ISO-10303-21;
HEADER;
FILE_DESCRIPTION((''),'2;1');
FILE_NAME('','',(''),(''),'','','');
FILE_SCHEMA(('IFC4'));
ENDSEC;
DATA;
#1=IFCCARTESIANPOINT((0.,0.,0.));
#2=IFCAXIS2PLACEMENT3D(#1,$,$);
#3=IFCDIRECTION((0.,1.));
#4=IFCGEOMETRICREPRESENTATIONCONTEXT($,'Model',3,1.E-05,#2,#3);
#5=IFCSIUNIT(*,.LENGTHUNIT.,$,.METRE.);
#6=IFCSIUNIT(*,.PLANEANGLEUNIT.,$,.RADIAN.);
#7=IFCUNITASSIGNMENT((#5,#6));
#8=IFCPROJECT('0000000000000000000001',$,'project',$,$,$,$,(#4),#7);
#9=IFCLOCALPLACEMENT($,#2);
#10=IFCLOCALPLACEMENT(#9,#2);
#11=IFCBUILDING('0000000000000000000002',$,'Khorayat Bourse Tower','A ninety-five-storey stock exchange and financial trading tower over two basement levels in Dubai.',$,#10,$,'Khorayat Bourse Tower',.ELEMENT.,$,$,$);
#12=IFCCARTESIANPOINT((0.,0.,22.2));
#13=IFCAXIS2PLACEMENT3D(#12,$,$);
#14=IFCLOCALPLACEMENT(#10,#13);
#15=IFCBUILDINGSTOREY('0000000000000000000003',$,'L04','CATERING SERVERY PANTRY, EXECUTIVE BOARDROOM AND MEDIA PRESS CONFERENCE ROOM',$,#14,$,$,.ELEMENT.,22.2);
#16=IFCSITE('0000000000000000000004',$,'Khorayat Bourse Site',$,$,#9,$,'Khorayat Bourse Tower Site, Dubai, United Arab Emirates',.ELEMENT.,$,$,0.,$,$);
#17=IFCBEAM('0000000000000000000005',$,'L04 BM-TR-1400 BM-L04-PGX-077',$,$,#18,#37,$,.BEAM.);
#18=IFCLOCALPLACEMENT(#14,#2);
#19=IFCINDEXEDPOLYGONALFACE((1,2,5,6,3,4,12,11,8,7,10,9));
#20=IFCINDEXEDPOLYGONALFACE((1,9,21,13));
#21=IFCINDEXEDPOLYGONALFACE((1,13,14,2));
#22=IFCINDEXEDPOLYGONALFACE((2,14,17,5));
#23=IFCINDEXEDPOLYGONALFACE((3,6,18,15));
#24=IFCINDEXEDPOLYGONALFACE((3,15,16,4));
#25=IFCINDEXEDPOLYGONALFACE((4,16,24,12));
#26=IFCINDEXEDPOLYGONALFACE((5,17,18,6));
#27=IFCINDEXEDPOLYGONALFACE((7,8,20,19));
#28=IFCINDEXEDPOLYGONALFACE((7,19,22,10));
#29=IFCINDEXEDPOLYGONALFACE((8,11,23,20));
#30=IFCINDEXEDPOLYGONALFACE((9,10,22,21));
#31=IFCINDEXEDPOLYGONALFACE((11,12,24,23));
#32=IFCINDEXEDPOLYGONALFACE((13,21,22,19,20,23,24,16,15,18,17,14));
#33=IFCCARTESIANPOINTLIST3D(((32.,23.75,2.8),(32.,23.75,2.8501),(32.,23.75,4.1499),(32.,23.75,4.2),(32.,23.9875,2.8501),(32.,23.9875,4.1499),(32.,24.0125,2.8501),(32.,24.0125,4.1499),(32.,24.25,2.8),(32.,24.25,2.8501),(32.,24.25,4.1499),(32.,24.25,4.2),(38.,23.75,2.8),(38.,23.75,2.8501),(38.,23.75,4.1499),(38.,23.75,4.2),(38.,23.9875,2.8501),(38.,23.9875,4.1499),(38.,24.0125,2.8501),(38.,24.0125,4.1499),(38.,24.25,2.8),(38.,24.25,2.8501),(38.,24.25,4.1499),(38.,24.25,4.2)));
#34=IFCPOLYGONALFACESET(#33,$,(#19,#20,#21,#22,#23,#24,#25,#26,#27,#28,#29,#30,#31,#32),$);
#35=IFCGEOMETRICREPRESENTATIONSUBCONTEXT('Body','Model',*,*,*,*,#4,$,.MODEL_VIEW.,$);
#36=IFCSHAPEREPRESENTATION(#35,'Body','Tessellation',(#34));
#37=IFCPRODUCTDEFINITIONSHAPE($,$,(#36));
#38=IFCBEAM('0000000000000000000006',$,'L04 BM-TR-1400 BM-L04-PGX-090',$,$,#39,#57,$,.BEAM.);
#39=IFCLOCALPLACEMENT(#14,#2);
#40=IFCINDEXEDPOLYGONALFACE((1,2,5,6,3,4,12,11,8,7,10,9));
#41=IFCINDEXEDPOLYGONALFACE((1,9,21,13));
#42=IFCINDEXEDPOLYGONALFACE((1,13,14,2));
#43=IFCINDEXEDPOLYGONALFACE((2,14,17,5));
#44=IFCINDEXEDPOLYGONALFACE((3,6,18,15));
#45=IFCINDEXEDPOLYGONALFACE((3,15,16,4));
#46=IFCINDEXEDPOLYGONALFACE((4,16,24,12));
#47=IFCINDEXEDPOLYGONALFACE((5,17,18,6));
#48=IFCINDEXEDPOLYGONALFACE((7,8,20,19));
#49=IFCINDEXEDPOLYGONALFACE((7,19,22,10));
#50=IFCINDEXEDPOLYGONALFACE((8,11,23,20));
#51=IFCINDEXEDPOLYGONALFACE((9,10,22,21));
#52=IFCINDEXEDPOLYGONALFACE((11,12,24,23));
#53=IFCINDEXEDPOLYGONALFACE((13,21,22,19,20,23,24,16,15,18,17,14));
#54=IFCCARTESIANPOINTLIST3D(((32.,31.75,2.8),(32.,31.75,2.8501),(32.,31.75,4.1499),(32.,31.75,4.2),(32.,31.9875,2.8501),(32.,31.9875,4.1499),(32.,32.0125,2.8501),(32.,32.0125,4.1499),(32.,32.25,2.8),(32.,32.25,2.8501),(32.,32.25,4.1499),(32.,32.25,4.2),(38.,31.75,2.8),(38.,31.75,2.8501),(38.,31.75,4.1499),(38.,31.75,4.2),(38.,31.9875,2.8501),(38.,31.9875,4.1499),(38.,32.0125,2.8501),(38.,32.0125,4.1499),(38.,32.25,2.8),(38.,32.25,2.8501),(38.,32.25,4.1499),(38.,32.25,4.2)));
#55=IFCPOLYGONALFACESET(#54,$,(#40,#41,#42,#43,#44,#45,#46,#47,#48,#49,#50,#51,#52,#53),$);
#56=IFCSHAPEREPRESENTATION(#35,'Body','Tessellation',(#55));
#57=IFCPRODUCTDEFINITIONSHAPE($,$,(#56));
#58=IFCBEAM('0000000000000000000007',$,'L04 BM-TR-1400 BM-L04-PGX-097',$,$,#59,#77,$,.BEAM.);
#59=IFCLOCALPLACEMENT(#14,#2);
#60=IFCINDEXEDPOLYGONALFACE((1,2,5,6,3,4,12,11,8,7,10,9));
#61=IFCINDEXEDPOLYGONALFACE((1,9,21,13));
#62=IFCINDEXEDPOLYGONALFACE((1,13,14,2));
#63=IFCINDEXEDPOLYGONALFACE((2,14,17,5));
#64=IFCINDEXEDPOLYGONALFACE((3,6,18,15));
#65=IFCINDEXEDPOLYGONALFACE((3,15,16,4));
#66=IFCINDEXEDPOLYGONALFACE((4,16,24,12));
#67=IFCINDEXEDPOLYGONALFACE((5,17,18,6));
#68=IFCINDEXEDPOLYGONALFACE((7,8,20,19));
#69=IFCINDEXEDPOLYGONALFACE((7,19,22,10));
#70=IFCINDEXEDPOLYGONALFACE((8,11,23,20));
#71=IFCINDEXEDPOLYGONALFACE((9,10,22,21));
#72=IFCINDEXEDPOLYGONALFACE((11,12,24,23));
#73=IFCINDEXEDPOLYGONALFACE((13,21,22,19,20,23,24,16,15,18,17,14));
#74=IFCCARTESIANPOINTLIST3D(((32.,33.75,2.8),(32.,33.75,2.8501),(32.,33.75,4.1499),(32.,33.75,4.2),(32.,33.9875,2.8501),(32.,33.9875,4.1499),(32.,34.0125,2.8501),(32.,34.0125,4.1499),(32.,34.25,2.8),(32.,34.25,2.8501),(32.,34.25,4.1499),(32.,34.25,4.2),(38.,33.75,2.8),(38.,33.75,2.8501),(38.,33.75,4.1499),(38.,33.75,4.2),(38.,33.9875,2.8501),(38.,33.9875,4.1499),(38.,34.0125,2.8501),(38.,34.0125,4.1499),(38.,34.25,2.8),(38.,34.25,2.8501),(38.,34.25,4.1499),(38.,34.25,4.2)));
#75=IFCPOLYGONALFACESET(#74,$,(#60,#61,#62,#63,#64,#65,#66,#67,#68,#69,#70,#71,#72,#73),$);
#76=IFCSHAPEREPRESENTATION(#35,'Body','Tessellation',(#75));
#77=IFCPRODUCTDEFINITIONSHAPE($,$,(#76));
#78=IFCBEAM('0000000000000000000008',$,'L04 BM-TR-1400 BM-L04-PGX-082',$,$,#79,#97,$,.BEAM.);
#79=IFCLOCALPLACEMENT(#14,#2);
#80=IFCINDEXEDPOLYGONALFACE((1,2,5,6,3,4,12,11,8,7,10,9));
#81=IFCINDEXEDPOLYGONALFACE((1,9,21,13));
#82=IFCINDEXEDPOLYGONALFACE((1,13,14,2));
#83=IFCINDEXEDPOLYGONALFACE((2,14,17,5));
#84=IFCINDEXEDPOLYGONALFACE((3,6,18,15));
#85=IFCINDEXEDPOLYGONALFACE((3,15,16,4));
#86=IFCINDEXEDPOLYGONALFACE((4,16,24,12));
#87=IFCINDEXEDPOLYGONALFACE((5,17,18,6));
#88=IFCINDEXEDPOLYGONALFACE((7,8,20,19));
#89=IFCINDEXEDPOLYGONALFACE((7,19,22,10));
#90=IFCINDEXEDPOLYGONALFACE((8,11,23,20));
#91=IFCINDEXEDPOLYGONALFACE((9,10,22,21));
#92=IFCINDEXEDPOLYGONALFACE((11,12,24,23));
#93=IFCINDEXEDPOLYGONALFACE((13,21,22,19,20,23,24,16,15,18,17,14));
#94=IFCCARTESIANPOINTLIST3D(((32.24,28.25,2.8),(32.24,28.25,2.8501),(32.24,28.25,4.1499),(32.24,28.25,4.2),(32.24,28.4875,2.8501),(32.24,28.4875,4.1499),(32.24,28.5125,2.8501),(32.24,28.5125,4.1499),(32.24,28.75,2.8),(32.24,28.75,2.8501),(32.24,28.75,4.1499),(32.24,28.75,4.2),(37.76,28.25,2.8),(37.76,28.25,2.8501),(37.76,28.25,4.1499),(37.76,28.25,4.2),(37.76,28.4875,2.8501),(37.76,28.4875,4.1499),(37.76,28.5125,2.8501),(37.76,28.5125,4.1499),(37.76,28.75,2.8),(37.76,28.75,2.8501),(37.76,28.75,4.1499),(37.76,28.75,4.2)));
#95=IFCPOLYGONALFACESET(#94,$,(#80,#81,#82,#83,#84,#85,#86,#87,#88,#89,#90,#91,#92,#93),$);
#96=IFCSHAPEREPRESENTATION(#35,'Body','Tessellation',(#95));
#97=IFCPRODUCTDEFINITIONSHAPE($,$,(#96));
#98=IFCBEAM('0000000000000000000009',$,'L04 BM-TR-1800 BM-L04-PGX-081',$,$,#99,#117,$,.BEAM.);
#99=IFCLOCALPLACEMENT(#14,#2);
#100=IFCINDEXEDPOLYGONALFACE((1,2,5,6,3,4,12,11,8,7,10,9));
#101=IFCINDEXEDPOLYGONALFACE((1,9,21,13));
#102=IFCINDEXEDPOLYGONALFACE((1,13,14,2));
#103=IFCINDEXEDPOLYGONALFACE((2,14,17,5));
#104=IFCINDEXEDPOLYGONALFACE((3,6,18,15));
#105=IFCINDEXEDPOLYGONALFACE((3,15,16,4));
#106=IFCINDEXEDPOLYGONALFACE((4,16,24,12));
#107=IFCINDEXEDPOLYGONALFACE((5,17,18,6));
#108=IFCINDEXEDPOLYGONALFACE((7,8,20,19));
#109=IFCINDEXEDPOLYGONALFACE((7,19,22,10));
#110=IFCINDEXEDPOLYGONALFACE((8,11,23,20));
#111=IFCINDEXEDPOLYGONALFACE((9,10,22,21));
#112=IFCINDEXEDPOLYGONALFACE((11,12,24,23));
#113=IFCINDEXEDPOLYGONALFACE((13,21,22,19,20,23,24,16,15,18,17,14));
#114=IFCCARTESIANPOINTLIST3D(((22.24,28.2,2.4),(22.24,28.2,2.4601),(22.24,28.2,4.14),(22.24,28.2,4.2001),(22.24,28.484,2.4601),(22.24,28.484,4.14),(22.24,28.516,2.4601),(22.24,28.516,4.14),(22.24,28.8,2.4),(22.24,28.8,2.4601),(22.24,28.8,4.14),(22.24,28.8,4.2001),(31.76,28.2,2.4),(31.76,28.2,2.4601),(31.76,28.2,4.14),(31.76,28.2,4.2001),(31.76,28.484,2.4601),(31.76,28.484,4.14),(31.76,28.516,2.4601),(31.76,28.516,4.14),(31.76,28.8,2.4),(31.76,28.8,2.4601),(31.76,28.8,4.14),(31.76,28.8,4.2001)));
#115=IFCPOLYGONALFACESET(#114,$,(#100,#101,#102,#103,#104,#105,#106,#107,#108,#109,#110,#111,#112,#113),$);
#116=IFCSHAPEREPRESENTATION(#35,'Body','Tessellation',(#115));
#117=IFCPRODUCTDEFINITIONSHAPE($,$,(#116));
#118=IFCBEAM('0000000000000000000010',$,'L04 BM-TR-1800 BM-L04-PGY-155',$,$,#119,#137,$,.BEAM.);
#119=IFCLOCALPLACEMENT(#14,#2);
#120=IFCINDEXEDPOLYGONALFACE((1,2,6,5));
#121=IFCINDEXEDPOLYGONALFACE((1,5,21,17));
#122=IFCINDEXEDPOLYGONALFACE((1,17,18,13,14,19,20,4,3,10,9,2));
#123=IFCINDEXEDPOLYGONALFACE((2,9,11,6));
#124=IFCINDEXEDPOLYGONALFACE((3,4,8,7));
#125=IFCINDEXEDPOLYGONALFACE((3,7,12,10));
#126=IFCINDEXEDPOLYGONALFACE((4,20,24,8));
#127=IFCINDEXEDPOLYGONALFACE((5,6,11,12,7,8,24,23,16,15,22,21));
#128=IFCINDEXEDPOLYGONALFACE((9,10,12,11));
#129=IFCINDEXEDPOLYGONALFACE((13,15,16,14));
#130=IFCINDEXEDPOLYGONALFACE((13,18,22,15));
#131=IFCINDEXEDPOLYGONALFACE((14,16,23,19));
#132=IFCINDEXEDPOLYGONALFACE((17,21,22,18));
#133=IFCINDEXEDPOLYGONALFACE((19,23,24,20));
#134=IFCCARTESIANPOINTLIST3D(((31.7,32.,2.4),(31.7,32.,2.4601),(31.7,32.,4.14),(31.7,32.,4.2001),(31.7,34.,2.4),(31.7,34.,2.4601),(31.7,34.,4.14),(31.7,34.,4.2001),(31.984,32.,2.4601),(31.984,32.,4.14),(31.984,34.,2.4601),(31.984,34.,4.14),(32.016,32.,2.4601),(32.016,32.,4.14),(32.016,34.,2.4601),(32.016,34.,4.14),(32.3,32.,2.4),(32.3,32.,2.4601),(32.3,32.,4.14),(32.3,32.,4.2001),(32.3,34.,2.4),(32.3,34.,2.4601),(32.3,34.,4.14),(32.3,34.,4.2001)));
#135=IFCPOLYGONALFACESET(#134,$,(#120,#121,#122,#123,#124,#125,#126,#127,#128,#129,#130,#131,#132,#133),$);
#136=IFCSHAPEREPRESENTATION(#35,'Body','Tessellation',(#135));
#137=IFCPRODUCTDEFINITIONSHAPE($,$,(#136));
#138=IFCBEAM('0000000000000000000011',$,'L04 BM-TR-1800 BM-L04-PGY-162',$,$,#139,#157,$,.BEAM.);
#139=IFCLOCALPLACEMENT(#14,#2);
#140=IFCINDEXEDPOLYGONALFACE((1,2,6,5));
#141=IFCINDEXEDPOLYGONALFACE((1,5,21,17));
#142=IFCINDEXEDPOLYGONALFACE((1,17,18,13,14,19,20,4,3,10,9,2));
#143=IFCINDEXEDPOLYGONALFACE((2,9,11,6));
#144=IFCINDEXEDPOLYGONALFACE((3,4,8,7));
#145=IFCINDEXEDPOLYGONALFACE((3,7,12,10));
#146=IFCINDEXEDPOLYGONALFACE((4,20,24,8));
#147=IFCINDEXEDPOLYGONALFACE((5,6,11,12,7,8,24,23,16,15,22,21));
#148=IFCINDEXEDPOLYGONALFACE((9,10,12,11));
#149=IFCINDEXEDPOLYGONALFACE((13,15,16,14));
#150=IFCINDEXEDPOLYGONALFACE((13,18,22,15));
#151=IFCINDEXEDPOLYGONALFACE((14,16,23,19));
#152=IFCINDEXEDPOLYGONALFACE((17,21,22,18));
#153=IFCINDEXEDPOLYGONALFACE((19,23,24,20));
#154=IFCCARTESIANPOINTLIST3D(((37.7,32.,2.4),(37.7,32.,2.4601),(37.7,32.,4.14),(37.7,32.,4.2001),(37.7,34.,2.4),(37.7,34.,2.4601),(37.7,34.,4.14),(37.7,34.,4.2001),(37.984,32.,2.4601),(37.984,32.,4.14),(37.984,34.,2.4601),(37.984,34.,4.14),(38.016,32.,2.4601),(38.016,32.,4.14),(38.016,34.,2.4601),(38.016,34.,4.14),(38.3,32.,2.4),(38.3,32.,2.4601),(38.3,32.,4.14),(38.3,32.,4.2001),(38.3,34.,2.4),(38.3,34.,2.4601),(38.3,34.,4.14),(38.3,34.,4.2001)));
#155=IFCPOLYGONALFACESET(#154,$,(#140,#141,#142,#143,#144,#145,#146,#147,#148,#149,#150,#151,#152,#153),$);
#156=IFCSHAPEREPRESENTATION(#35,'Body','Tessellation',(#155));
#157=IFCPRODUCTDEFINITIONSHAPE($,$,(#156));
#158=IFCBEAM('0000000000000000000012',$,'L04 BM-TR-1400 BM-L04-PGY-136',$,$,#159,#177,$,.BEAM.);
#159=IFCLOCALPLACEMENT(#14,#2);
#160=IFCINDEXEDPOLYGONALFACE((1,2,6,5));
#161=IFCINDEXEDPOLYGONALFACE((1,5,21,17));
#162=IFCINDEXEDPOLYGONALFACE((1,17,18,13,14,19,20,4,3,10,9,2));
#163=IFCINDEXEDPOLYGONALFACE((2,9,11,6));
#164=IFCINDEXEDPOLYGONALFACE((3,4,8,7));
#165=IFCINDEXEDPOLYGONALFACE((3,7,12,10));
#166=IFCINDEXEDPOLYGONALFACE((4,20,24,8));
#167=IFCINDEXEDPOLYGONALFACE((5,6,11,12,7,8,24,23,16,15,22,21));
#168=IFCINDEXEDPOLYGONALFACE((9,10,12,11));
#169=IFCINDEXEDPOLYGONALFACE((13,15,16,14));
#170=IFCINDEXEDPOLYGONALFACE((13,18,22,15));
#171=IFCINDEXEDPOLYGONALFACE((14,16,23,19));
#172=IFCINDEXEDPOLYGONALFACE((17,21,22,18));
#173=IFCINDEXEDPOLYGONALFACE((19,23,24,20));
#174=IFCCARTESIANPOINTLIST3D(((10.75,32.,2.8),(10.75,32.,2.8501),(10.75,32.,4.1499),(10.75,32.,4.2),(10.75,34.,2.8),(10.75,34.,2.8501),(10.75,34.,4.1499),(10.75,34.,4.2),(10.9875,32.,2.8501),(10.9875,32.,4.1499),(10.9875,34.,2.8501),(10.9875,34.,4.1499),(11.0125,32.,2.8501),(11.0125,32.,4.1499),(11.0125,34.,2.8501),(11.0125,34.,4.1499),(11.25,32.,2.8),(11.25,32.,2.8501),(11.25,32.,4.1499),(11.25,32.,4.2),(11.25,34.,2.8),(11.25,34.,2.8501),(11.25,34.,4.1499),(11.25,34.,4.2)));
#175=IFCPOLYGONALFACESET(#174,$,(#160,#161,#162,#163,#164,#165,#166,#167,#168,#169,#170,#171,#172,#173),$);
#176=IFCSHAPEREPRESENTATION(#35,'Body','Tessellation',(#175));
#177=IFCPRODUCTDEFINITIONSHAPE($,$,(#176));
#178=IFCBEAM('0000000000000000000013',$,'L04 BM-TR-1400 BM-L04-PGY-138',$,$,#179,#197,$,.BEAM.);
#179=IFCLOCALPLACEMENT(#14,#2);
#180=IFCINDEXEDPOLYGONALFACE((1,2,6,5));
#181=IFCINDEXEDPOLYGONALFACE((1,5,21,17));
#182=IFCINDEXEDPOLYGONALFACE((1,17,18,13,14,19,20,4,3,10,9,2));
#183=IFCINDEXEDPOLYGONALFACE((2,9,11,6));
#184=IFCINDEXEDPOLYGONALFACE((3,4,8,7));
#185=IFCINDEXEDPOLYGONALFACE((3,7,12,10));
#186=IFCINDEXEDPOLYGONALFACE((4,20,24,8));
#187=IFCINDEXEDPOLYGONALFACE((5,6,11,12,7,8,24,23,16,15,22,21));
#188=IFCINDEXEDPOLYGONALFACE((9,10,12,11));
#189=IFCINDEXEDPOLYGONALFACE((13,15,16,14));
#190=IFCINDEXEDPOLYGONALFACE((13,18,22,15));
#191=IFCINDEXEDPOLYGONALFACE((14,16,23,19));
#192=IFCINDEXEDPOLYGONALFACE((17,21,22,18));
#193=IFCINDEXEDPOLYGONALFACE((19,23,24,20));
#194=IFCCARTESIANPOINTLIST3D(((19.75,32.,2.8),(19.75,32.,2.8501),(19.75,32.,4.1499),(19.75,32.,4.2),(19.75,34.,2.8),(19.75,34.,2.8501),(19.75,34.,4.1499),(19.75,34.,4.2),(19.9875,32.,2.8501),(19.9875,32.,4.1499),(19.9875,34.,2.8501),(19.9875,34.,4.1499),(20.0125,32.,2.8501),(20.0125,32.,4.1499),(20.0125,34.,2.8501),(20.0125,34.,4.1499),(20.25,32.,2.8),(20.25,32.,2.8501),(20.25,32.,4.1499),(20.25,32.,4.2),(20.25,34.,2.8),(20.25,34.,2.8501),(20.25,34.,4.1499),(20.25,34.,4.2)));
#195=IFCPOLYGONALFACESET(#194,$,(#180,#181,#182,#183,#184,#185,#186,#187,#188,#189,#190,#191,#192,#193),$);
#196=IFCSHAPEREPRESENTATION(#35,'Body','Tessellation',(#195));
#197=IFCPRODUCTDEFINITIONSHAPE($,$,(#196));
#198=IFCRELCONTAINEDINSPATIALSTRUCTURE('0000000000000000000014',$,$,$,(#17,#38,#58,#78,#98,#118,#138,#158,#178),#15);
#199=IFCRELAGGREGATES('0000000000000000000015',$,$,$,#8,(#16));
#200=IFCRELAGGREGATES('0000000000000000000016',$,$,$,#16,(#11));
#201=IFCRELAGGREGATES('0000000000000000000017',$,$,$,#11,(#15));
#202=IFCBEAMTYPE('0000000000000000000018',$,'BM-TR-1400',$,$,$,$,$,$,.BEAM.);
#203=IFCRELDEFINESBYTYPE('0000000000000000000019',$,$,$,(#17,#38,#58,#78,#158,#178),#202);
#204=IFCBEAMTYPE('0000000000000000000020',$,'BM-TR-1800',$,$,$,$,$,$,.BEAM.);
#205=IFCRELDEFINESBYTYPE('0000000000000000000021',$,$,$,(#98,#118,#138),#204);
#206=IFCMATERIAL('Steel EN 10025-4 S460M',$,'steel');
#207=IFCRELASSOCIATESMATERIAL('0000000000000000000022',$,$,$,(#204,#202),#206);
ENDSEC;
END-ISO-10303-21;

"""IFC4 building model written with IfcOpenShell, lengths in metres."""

from ifc_helpers import new_model, si_unit, direction, frame, origin, origin_2d, place, context, subcontext, project, spatial, i_section, extrude, source, transform, mapped, material, material_profile, profile_set, type_object, element, save


model = new_model("IFC4")

# Units and contexts
model_context = context("Model", 3, precision=1e-05, world=origin(), true_north=direction((0.0, 1.0)))
body_context = subcontext(model_context, "Body", "Model", "MODEL_VIEW")
ifc_project = project(units=[si_unit("LENGTHUNIT", "METRE"), si_unit("PLANEANGLEUNIT", "RADIAN")], contexts=[model_context])

# Site, building, storey
site_placement = place(None, origin())
site = spatial("IfcSite", under=ifc_project, at=site_placement, Name="Khorayat Bourse Site", LongName="Khorayat Bourse Tower Site, Dubai, United Arab Emirates", CompositionType="ELEMENT", RefElevation=0.0)
building_placement = place(site_placement, origin())
building = spatial("IfcBuilding", under=site, at=building_placement, Name="Khorayat Bourse Tower", Description="A ninety-five-storey stock exchange and financial trading tower over two basement levels in Dubai.", LongName="Khorayat Bourse Tower", CompositionType="ELEMENT")
storey_placement = place(building_placement, frame((0.0, 0.0, 22.2)))
storey = spatial("IfcBuildingStorey", under=building, at=storey_placement, Name="L04", Description="CATERING SERVERY PANTRY, EXECUTIVE BOARDROOM AND MEDIA PRESS CONFERENCE ROOM", CompositionType="ELEMENT", Elevation=22.2)

# Beams
ifc_material_1 = material(Name="Steel EN 10025-4 S460M", Category="steel")
ifc_material_profile_1 = material_profile(ifc_material_1, i_section(OverallWidth=0.6001, OverallDepth=1.8, WebThickness=0.032, FlangeThickness=0.0601, at=origin_2d()), Name="PG 1800x600x32x60")
ifc_profile_set_1 = profile_set([ifc_material_profile_1], Name="Steel EN 10025-4 S460M")
beam_type_1 = type_object("IfcBeamType", Name="BM-TR-1800", PredefinedType="BEAM", material=ifc_profile_set_1)
ifc_material_profile_2 = material_profile(ifc_material_1, i_section(OverallWidth=0.5, OverallDepth=1.3999, WebThickness=0.0249, FlangeThickness=0.05, at=origin_2d()), Name="PG 1400x500x25x50")
ifc_profile_set_2 = profile_set([ifc_material_profile_2], Name="Steel EN 10025-4 S460M")
beam_type_2 = type_object("IfcBeamType", Name="BM-TR-1400", PredefinedType="BEAM", material=ifc_profile_set_2)
shared_shape_1 = source(origin(), body_context, "Body", "SweptSolid", [
    extrude(i_section(OverallWidth=0.5, OverallDepth=1.3999, WebThickness=0.0249, FlangeThickness=0.05, at=origin_2d()), origin(), (0.0, 0.0, 1.0), 6.0),
])
for number, where, z_axis, x_axis, name in (
    (1, (32.0, 24.0, 3.5), (1.0, 0.0, 0.0), (0.0, 1.0, 0.0), "L04 BM-TR-1400 BM-L04-PGX-077"),
    (2, (32.0, 32.0, 3.5), (1.0, 0.0, 0.0), (0.0, 1.0, 0.0), "L04 BM-TR-1400 BM-L04-PGX-090"),
    (3, (32.0, 34.0, 3.5), (1.0, 0.0, 0.0), (0.0, 1.0, 0.0), "L04 BM-TR-1400 BM-L04-PGX-097"),
):
    element("IfcBeam", number, at=place(storey_placement, frame(where, z_axis=z_axis, x_axis=x_axis)), inside=storey, type_object=beam_type_2, Name=name, PredefinedType="BEAM", context=body_context, shape_type="MappedRepresentation", body=[
        mapped(shared_shape_1, transform((0.0, 0.0, 0.0), scale=1.0)),
    ])
shared_shape_2 = source(origin(), body_context, "Body", "SweptSolid", [
    extrude(i_section(OverallWidth=0.5, OverallDepth=1.3999, WebThickness=0.0249, FlangeThickness=0.05, at=origin_2d()), origin(), (0.0, 0.0, 1.0), 5.52),
])
beam_1_placement = place(storey_placement, frame((32.24, 28.5, 3.5), z_axis=(1.0, 0.0, 0.0), x_axis=(0.0, 1.0, 0.0)))
element("IfcBeam", 4, at=beam_1_placement, inside=storey, type_object=beam_type_2, Name="L04 BM-TR-1400 BM-L04-PGX-082", PredefinedType="BEAM", context=body_context, shape_type="MappedRepresentation", body=[
    mapped(shared_shape_2, transform((0.0, 0.0, 0.0), scale=1.0)),
])
shared_shape_3 = source(origin(), body_context, "Body", "SweptSolid", [
    extrude(i_section(OverallWidth=0.6001, OverallDepth=1.8, WebThickness=0.032, FlangeThickness=0.0601, at=origin_2d()), origin(), (0.0, 0.0, 1.0), 9.52),
])
beam_2_placement = place(storey_placement, frame((22.24, 28.5, 3.3), z_axis=(1.0, 0.0, 0.0), x_axis=(0.0, 1.0, 0.0)))
element("IfcBeam", 5, at=beam_2_placement, inside=storey, type_object=beam_type_1, Name="L04 BM-TR-1800 BM-L04-PGX-081", PredefinedType="BEAM", context=body_context, shape_type="MappedRepresentation", body=[
    mapped(shared_shape_3, transform((0.0, 0.0, 0.0), scale=1.0)),
])
shared_shape_4 = source(origin(), body_context, "Body", "SweptSolid", [
    extrude(i_section(OverallWidth=0.6001, OverallDepth=1.8, WebThickness=0.032, FlangeThickness=0.0601, at=origin_2d()), origin(), (0.0, 0.0, 1.0), 2.0),
])
for number, where, z_axis, x_axis, name in (
    (6, (32.0, 32.0, 3.3), (0.0, 1.0, 0.0), (-1.0, 0.0, 0.0), "L04 BM-TR-1800 BM-L04-PGY-155"),
    (7, (38.0, 32.0, 3.3), (0.0, 1.0, 0.0), (-1.0, 0.0, 0.0), "L04 BM-TR-1800 BM-L04-PGY-162"),
):
    element("IfcBeam", number, at=place(storey_placement, frame(where, z_axis=z_axis, x_axis=x_axis)), inside=storey, type_object=beam_type_1, Name=name, PredefinedType="BEAM", context=body_context, shape_type="MappedRepresentation", body=[
        mapped(shared_shape_4, transform((0.0, 0.0, 0.0), scale=1.0)),
    ])
shared_shape_5 = source(origin(), body_context, "Body", "SweptSolid", [
    extrude(i_section(OverallWidth=0.5, OverallDepth=1.3999, WebThickness=0.0249, FlangeThickness=0.05, at=origin_2d()), origin(), (0.0, 0.0, 1.0), 2.0),
])
for number, where, z_axis, x_axis, name in (
    (8, (11.0, 32.0, 3.5), (0.0, 1.0, 0.0), (-1.0, 0.0, 0.0), "L04 BM-TR-1400 BM-L04-PGY-136"),
    (9, (20.0, 32.0, 3.5), (0.0, 1.0, 0.0), (-1.0, 0.0, 0.0), "L04 BM-TR-1400 BM-L04-PGY-138"),
):
    element("IfcBeam", number, at=place(storey_placement, frame(where, z_axis=z_axis, x_axis=x_axis)), inside=storey, type_object=beam_type_2, Name=name, PredefinedType="BEAM", context=body_context, shape_type="MappedRepresentation", body=[
        mapped(shared_shape_5, transform((0.0, 0.0, 0.0), scale=1.0)),
    ])

save(model, "model.ifc")
